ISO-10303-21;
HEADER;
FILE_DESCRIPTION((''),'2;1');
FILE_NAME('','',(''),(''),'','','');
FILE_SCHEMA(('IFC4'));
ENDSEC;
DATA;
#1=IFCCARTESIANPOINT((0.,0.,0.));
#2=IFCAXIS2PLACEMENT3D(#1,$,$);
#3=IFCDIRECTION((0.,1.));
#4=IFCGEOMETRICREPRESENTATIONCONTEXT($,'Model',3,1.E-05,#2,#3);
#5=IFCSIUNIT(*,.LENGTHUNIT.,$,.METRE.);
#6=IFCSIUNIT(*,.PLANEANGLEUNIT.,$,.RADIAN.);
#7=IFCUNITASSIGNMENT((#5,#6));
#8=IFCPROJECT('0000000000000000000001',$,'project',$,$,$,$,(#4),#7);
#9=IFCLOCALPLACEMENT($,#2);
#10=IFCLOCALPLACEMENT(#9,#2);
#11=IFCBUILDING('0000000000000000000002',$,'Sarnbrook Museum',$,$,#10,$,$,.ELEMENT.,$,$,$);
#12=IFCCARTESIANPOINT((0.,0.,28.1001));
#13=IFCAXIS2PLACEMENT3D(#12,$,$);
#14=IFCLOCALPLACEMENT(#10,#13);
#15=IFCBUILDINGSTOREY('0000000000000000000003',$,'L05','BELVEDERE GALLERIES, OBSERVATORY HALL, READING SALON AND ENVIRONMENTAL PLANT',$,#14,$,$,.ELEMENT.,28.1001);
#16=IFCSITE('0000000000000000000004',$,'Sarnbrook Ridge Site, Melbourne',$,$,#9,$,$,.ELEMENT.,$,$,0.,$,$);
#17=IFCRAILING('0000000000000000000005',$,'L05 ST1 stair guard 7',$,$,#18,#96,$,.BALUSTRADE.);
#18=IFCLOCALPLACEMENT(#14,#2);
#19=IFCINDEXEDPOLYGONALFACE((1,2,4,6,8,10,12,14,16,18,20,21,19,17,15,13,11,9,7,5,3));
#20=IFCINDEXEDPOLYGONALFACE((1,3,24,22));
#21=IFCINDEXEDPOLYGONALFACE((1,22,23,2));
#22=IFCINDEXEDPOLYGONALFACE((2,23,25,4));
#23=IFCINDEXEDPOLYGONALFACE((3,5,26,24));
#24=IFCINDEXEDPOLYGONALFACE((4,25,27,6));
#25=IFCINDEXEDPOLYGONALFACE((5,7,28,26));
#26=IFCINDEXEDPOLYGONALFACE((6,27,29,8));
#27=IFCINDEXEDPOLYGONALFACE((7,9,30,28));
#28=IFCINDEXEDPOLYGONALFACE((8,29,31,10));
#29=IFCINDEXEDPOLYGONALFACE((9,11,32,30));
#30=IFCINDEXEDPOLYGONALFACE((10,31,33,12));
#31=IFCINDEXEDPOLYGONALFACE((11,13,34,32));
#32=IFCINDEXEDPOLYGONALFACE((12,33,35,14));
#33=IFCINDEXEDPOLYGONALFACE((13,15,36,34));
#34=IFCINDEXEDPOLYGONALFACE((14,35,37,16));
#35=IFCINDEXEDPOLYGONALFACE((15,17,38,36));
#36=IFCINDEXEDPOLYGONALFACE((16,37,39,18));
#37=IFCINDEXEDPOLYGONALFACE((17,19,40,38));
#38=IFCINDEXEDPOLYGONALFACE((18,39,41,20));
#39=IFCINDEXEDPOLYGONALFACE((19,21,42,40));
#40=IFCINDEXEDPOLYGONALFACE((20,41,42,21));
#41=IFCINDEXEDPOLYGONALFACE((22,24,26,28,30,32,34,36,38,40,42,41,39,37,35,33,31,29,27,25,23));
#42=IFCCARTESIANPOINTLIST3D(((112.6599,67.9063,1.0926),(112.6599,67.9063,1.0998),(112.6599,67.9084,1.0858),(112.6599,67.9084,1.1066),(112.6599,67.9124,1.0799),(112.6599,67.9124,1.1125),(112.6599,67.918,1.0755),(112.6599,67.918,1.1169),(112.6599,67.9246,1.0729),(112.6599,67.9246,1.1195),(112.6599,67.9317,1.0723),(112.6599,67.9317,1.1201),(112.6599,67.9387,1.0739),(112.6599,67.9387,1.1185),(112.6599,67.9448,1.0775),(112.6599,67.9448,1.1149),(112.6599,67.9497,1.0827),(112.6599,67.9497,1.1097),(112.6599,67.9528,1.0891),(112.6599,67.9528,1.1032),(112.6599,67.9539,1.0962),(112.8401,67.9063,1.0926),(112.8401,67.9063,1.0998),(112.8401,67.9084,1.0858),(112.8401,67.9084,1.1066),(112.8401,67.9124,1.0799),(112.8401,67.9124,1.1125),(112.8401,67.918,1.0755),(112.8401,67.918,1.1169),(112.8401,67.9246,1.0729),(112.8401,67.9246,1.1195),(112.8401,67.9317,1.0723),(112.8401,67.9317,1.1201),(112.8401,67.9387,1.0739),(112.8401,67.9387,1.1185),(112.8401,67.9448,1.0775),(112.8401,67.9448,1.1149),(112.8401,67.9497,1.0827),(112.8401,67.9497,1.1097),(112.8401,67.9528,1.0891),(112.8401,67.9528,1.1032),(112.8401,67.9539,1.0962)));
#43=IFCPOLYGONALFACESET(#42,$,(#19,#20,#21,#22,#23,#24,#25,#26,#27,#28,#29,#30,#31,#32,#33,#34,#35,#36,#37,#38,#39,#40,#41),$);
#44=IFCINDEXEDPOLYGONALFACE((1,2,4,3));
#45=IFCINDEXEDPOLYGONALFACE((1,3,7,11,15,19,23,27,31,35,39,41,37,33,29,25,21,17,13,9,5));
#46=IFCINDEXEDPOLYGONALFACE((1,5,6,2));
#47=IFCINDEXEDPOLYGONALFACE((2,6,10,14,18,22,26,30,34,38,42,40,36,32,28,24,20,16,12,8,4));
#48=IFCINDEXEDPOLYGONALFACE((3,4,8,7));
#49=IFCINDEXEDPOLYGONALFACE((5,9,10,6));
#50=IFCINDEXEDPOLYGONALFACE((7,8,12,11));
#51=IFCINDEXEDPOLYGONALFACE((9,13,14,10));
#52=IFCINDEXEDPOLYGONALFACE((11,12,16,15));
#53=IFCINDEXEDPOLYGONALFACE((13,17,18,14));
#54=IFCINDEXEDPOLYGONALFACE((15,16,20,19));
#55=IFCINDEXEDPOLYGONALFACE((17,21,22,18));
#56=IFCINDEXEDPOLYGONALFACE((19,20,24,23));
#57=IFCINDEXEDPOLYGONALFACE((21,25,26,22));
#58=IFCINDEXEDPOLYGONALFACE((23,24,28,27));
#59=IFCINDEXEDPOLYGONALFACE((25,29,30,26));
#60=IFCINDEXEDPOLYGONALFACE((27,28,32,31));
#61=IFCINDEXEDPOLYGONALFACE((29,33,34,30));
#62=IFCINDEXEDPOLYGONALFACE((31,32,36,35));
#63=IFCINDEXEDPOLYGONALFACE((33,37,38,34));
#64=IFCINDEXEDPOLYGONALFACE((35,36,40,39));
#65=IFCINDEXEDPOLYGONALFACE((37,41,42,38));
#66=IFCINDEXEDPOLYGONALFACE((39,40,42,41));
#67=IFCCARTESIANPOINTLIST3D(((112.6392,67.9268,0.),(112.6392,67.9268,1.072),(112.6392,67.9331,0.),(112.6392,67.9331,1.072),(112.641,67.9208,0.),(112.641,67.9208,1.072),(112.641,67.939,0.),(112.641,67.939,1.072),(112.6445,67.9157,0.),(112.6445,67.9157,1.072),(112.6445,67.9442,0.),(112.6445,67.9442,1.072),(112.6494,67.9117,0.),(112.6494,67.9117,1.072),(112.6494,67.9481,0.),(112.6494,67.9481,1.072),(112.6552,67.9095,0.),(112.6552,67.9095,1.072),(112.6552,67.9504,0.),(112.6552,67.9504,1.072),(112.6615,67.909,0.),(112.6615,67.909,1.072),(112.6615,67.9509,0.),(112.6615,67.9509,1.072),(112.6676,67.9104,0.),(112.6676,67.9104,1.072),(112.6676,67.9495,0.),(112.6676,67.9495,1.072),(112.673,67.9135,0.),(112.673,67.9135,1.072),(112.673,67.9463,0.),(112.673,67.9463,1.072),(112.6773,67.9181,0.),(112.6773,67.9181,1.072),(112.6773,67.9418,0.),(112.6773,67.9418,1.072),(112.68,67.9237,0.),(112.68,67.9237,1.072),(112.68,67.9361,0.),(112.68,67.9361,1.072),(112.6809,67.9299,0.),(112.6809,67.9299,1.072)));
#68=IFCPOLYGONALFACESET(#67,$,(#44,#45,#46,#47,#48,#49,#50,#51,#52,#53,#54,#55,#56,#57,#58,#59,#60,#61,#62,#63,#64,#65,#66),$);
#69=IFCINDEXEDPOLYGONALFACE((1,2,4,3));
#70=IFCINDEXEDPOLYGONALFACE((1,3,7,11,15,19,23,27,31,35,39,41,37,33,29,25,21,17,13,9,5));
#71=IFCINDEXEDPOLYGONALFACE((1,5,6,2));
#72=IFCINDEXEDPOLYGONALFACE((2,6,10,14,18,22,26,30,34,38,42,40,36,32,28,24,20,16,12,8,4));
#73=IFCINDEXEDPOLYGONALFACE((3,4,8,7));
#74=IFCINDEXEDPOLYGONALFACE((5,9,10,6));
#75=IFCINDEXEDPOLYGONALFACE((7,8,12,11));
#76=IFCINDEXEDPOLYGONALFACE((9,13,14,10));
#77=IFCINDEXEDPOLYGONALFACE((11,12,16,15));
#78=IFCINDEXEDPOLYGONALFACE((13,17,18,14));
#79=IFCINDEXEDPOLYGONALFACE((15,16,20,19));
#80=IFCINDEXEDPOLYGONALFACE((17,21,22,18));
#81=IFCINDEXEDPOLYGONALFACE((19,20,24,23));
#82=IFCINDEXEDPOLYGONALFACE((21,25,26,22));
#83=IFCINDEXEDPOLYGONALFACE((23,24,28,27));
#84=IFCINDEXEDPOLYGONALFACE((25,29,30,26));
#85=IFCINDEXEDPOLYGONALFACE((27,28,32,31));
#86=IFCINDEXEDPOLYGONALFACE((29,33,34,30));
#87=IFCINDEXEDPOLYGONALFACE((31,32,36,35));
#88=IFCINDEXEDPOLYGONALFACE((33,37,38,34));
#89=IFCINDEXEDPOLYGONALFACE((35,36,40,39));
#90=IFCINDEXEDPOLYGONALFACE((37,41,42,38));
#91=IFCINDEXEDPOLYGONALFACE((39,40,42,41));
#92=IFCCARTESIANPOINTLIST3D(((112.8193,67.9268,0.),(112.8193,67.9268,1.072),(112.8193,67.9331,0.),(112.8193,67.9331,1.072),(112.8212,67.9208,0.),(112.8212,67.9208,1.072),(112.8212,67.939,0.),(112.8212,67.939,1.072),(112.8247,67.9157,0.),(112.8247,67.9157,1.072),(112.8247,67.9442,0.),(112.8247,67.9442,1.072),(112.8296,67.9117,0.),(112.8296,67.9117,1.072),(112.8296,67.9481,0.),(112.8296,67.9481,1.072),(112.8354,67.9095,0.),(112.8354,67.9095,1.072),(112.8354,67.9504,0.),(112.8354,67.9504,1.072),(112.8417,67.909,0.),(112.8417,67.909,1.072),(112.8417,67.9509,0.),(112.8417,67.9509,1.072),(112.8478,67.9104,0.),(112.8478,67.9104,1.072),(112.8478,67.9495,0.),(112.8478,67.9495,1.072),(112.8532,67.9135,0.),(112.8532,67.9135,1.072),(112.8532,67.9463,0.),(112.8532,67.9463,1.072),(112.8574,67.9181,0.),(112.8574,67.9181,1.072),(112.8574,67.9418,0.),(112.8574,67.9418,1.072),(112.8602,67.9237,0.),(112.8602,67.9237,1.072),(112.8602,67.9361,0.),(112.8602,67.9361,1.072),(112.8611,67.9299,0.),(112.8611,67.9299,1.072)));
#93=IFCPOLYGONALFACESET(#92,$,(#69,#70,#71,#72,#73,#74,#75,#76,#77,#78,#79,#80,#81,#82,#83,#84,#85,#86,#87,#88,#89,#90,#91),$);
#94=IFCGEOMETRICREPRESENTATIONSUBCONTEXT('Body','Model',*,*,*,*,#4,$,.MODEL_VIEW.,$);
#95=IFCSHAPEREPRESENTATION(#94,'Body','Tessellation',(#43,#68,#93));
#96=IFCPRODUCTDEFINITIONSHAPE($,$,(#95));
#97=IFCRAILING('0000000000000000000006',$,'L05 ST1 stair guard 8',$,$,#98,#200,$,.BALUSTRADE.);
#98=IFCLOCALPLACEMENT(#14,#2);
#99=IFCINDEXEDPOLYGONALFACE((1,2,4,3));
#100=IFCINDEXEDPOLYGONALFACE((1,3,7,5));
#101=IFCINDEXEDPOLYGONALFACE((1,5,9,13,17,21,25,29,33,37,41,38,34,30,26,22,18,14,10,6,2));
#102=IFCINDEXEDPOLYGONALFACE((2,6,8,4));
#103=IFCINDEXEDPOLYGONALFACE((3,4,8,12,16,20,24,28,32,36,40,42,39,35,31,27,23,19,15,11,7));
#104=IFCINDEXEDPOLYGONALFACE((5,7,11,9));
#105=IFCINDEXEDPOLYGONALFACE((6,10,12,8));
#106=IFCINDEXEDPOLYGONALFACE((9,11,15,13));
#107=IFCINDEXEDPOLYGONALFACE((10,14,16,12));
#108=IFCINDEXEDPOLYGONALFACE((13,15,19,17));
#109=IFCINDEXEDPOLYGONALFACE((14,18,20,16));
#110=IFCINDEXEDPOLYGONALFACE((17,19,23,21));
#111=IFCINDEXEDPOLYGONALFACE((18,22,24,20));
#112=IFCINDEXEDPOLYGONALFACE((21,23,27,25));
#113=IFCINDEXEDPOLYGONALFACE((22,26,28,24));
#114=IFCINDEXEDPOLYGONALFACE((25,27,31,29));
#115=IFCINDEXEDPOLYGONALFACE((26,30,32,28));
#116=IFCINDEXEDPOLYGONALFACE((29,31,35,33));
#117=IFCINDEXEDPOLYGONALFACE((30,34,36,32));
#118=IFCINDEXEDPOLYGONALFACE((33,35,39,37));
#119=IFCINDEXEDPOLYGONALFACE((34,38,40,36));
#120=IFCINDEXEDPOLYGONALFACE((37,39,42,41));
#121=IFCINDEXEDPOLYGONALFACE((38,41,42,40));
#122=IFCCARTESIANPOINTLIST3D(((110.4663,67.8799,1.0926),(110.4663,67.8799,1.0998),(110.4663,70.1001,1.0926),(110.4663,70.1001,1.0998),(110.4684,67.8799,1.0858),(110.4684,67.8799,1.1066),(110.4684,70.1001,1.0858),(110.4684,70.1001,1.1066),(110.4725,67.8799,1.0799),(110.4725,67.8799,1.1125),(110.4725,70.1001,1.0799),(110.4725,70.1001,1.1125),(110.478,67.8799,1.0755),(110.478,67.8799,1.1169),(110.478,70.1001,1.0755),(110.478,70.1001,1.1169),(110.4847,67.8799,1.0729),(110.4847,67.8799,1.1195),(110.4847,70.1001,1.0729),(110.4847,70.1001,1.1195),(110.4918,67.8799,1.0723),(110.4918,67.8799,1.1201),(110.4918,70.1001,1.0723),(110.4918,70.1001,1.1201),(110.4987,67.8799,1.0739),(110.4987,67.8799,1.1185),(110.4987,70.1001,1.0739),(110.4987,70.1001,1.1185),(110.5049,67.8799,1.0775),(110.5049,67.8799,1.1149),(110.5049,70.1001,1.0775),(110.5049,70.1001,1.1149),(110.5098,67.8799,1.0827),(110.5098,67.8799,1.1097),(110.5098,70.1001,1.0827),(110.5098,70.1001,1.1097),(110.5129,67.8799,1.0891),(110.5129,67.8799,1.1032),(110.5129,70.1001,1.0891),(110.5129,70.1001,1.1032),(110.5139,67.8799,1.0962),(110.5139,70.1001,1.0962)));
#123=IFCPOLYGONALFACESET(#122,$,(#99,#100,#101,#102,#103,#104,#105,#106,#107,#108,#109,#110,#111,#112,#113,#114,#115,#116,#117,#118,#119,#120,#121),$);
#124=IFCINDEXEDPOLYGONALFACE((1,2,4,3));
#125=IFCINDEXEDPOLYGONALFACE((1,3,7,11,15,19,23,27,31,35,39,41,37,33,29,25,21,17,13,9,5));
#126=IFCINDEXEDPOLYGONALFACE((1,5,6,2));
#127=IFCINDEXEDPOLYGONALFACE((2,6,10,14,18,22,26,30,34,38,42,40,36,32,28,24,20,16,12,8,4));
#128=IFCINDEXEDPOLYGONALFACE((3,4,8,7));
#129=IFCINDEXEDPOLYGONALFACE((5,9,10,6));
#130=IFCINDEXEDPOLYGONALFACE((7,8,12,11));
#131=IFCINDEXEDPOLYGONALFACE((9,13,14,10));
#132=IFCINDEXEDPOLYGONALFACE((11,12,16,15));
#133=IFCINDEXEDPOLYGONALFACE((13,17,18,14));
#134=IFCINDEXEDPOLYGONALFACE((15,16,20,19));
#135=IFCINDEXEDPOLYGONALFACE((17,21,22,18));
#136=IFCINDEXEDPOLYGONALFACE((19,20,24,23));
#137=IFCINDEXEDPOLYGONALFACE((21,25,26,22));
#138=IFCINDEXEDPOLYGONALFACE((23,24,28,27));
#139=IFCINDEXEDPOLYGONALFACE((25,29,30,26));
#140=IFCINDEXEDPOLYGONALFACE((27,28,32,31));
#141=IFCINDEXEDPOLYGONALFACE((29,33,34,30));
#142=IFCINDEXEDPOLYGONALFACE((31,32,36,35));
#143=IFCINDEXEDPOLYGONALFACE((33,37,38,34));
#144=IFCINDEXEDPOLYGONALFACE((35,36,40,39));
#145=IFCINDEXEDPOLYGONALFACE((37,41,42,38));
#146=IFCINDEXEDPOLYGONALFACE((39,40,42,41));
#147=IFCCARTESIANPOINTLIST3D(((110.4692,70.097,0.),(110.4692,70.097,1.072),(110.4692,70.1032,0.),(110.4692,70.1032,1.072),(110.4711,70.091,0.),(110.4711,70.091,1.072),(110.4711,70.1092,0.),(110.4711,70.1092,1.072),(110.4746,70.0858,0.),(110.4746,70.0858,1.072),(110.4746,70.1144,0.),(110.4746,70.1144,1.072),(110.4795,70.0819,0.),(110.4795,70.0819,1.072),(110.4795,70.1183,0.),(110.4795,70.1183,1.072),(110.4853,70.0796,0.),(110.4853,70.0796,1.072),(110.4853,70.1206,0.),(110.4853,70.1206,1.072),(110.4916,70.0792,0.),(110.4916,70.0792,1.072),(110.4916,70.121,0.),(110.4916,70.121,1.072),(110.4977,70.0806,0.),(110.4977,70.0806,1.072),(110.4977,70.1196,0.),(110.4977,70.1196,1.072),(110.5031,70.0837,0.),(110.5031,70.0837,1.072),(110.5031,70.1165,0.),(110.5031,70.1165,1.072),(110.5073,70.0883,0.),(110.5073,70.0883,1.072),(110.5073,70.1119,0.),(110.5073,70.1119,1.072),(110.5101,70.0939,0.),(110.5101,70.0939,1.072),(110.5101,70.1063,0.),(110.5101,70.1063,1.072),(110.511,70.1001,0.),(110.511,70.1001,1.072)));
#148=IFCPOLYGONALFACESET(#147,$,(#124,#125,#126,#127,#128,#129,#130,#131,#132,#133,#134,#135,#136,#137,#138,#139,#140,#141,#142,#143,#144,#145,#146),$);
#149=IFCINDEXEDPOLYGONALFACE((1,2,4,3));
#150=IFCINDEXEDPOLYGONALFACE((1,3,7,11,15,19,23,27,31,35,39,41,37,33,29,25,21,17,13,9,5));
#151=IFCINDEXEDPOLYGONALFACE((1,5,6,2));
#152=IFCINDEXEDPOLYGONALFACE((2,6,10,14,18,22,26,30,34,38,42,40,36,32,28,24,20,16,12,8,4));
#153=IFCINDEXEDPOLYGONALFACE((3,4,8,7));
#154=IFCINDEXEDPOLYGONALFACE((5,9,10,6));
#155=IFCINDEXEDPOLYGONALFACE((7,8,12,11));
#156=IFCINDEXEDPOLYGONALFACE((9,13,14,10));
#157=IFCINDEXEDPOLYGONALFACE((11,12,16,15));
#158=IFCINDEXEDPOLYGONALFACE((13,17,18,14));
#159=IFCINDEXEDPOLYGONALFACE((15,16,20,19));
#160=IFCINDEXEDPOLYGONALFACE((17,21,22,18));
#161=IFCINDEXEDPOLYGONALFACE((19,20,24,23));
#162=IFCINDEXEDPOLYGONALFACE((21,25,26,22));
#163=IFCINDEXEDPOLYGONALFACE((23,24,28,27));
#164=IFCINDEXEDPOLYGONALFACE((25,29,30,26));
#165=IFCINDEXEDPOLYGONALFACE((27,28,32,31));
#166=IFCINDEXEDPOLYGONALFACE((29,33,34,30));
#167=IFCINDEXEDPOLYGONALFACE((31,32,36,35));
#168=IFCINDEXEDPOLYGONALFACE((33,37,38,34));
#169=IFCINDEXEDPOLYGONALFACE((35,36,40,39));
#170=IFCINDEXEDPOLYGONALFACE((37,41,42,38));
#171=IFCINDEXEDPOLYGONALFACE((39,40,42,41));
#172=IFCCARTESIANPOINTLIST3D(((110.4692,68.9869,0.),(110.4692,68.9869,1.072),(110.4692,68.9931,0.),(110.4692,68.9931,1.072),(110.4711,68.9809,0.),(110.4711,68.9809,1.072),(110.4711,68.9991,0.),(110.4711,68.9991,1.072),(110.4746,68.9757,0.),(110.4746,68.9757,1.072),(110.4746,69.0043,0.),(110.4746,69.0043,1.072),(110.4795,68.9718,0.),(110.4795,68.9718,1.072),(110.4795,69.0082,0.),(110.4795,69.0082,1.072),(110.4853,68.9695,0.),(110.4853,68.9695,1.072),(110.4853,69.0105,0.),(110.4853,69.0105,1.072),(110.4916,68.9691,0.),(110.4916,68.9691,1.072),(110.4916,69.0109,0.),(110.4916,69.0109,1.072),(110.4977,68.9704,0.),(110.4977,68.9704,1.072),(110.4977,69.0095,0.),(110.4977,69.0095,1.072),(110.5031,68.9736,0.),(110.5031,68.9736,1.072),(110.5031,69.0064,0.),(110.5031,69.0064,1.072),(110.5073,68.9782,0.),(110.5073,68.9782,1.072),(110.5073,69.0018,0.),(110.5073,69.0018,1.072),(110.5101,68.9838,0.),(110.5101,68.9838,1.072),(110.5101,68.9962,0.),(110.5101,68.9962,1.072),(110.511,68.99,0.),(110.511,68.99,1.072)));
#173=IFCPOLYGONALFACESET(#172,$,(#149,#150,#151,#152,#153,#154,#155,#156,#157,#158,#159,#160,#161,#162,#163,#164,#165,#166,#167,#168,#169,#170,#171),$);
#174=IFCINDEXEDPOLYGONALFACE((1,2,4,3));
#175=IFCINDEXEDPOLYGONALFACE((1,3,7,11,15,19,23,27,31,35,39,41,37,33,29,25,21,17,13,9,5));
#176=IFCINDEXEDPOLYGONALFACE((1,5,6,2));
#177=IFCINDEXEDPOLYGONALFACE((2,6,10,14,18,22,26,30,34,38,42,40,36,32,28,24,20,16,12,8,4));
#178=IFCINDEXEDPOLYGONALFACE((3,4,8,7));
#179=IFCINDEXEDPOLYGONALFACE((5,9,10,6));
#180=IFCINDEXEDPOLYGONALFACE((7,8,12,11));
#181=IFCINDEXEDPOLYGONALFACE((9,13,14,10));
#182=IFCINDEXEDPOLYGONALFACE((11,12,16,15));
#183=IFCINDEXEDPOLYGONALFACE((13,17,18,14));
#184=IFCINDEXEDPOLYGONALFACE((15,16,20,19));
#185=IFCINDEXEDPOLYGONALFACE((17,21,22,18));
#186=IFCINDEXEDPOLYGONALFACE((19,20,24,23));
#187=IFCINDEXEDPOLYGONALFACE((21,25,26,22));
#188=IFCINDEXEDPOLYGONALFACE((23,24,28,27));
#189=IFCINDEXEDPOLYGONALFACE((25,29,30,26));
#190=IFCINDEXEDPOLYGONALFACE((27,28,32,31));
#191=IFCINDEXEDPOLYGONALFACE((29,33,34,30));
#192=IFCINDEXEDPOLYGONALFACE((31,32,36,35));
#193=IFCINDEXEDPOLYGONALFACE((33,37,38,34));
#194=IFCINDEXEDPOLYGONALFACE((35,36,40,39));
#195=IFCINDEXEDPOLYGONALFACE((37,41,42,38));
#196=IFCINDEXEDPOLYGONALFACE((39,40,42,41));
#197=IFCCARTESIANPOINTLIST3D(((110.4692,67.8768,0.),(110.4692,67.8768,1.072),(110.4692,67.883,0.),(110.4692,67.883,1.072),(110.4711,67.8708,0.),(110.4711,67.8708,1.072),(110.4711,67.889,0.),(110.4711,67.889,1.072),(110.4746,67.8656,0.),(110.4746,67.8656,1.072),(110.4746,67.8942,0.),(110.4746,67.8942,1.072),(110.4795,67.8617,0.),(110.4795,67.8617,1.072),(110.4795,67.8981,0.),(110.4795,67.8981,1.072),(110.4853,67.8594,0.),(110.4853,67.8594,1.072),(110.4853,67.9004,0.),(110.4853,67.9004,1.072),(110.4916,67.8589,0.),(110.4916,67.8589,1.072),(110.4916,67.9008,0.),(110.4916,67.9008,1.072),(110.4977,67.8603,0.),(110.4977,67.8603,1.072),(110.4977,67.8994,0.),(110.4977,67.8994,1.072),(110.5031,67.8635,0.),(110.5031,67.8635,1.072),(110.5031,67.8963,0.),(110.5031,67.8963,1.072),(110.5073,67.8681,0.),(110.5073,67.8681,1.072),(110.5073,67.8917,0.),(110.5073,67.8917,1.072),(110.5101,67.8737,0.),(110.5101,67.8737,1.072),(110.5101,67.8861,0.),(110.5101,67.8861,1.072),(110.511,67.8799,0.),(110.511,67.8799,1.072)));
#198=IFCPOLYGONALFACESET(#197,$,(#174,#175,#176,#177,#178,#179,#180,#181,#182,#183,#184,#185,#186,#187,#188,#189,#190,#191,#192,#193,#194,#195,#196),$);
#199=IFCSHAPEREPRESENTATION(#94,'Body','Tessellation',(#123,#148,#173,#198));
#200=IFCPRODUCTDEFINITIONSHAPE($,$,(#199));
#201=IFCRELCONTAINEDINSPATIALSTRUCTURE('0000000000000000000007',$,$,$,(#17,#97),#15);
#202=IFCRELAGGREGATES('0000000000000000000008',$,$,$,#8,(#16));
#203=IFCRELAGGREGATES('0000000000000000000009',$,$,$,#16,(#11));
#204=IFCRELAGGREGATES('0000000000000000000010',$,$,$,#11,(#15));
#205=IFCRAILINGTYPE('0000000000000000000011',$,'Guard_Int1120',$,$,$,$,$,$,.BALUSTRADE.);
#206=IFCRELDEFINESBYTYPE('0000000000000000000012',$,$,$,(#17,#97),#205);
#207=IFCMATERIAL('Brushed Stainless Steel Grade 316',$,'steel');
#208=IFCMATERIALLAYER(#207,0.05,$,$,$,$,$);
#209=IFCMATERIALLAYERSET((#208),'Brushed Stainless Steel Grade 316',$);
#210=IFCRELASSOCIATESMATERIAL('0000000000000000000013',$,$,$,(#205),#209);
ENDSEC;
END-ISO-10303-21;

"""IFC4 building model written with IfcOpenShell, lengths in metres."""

from ifc_helpers import new_model, si_unit, direction, frame, origin, origin_2d, place, context, subcontext, project, spatial, circle, extrude, material, layer, layer_set, type_object, element, save


model = new_model("IFC4")

# Units and contexts
model_context = context("Model", 3, precision=1e-05, world=origin(), true_north=direction((0.0, 1.0)))
body_context = subcontext(model_context, "Body", "Model", "MODEL_VIEW")
ifc_project = project(units=[si_unit("LENGTHUNIT", "METRE"), si_unit("PLANEANGLEUNIT", "RADIAN")], contexts=[model_context])

# Site, building, storey
site_placement = place(None, origin())
site = spatial("IfcSite", under=ifc_project, at=site_placement, Name="Sarnbrook Ridge Site, Melbourne", CompositionType="ELEMENT", RefElevation=0.0)
building_placement = place(site_placement, origin())
building = spatial("IfcBuilding", under=site, at=building_placement, Name="Sarnbrook Museum", CompositionType="ELEMENT")
storey_placement = place(building_placement, frame((0.0, 0.0, 28.1001)))
storey = spatial("IfcBuildingStorey", under=building, at=storey_placement, Name="L05", Description="BELVEDERE GALLERIES, OBSERVATORY HALL, READING SALON AND ENVIRONMENTAL PLANT", CompositionType="ELEMENT", Elevation=28.1001)

# Railings
ifc_material_1 = material(Name="Brushed Stainless Steel Grade 316", Category="steel")
ifc_layer_1 = layer(ifc_material_1, 0.05)
ifc_layer_set_1 = layer_set([ifc_layer_1], Name="Brushed Stainless Steel Grade 316")
railing_type = type_object("IfcRailingType", Name="Guard_Int1120", PredefinedType="BALUSTRADE", material=ifc_layer_set_1)
railing_1_placement = place(storey_placement, frame((112.6599, 67.9299, 0.0)))
element("IfcRailing", 1, at=railing_1_placement, inside=storey, type_object=railing_type, Name="L05 ST1 stair guard 7", PredefinedType="BALUSTRADE", context=body_context, shape_type="SweptSolid", body=[
    extrude(circle(Radius=0.0239, at=origin_2d()), frame((0.0, 0.0, 1.0962), z_axis=(1.0, 0.0, 0.0), x_axis=(0.0, 1.0, 0.0)), (0.0, 0.0, 1.0), 0.1802),
    extrude(circle(Radius=0.021, at=origin_2d()), origin(), (0.0, 0.0, 1.0), 1.072),
    extrude(circle(Radius=0.021, at=origin_2d()), frame((0.1802, 0.0, 0.0)), (0.0, 0.0, 1.0), 1.072),
])
for number, where, name in (
    (2, (110.49, 70.1001, 0.0), "L05 ST1 stair guard 8"),
):
    element("IfcRailing", number, at=place(storey_placement, frame(where)), inside=storey, type_object=railing_type, Name=name, PredefinedType="BALUSTRADE", context=body_context, shape_type="SweptSolid", body=[
        extrude(circle(Radius=0.0239, at=origin_2d()), frame((0.0, 0.0, 1.0962), z_axis=(0.0, -1.0, 0.0), x_axis=(1.0, 0.0, 0.0)), (0.0, 0.0, 1.0), 2.2202),
        extrude(circle(Radius=0.021, at=origin_2d()), origin(), (0.0, 0.0, 1.0), 1.072),
        extrude(circle(Radius=0.021, at=origin_2d()), frame((0.0, -1.1101, 0.0)), (0.0, 0.0, 1.0), 1.072),
        extrude(circle(Radius=0.021, at=origin_2d()), frame((0.0, -2.2202, 0.0)), (0.0, 0.0, 1.0), 1.072),
    ])

save(model, "model.ifc")
